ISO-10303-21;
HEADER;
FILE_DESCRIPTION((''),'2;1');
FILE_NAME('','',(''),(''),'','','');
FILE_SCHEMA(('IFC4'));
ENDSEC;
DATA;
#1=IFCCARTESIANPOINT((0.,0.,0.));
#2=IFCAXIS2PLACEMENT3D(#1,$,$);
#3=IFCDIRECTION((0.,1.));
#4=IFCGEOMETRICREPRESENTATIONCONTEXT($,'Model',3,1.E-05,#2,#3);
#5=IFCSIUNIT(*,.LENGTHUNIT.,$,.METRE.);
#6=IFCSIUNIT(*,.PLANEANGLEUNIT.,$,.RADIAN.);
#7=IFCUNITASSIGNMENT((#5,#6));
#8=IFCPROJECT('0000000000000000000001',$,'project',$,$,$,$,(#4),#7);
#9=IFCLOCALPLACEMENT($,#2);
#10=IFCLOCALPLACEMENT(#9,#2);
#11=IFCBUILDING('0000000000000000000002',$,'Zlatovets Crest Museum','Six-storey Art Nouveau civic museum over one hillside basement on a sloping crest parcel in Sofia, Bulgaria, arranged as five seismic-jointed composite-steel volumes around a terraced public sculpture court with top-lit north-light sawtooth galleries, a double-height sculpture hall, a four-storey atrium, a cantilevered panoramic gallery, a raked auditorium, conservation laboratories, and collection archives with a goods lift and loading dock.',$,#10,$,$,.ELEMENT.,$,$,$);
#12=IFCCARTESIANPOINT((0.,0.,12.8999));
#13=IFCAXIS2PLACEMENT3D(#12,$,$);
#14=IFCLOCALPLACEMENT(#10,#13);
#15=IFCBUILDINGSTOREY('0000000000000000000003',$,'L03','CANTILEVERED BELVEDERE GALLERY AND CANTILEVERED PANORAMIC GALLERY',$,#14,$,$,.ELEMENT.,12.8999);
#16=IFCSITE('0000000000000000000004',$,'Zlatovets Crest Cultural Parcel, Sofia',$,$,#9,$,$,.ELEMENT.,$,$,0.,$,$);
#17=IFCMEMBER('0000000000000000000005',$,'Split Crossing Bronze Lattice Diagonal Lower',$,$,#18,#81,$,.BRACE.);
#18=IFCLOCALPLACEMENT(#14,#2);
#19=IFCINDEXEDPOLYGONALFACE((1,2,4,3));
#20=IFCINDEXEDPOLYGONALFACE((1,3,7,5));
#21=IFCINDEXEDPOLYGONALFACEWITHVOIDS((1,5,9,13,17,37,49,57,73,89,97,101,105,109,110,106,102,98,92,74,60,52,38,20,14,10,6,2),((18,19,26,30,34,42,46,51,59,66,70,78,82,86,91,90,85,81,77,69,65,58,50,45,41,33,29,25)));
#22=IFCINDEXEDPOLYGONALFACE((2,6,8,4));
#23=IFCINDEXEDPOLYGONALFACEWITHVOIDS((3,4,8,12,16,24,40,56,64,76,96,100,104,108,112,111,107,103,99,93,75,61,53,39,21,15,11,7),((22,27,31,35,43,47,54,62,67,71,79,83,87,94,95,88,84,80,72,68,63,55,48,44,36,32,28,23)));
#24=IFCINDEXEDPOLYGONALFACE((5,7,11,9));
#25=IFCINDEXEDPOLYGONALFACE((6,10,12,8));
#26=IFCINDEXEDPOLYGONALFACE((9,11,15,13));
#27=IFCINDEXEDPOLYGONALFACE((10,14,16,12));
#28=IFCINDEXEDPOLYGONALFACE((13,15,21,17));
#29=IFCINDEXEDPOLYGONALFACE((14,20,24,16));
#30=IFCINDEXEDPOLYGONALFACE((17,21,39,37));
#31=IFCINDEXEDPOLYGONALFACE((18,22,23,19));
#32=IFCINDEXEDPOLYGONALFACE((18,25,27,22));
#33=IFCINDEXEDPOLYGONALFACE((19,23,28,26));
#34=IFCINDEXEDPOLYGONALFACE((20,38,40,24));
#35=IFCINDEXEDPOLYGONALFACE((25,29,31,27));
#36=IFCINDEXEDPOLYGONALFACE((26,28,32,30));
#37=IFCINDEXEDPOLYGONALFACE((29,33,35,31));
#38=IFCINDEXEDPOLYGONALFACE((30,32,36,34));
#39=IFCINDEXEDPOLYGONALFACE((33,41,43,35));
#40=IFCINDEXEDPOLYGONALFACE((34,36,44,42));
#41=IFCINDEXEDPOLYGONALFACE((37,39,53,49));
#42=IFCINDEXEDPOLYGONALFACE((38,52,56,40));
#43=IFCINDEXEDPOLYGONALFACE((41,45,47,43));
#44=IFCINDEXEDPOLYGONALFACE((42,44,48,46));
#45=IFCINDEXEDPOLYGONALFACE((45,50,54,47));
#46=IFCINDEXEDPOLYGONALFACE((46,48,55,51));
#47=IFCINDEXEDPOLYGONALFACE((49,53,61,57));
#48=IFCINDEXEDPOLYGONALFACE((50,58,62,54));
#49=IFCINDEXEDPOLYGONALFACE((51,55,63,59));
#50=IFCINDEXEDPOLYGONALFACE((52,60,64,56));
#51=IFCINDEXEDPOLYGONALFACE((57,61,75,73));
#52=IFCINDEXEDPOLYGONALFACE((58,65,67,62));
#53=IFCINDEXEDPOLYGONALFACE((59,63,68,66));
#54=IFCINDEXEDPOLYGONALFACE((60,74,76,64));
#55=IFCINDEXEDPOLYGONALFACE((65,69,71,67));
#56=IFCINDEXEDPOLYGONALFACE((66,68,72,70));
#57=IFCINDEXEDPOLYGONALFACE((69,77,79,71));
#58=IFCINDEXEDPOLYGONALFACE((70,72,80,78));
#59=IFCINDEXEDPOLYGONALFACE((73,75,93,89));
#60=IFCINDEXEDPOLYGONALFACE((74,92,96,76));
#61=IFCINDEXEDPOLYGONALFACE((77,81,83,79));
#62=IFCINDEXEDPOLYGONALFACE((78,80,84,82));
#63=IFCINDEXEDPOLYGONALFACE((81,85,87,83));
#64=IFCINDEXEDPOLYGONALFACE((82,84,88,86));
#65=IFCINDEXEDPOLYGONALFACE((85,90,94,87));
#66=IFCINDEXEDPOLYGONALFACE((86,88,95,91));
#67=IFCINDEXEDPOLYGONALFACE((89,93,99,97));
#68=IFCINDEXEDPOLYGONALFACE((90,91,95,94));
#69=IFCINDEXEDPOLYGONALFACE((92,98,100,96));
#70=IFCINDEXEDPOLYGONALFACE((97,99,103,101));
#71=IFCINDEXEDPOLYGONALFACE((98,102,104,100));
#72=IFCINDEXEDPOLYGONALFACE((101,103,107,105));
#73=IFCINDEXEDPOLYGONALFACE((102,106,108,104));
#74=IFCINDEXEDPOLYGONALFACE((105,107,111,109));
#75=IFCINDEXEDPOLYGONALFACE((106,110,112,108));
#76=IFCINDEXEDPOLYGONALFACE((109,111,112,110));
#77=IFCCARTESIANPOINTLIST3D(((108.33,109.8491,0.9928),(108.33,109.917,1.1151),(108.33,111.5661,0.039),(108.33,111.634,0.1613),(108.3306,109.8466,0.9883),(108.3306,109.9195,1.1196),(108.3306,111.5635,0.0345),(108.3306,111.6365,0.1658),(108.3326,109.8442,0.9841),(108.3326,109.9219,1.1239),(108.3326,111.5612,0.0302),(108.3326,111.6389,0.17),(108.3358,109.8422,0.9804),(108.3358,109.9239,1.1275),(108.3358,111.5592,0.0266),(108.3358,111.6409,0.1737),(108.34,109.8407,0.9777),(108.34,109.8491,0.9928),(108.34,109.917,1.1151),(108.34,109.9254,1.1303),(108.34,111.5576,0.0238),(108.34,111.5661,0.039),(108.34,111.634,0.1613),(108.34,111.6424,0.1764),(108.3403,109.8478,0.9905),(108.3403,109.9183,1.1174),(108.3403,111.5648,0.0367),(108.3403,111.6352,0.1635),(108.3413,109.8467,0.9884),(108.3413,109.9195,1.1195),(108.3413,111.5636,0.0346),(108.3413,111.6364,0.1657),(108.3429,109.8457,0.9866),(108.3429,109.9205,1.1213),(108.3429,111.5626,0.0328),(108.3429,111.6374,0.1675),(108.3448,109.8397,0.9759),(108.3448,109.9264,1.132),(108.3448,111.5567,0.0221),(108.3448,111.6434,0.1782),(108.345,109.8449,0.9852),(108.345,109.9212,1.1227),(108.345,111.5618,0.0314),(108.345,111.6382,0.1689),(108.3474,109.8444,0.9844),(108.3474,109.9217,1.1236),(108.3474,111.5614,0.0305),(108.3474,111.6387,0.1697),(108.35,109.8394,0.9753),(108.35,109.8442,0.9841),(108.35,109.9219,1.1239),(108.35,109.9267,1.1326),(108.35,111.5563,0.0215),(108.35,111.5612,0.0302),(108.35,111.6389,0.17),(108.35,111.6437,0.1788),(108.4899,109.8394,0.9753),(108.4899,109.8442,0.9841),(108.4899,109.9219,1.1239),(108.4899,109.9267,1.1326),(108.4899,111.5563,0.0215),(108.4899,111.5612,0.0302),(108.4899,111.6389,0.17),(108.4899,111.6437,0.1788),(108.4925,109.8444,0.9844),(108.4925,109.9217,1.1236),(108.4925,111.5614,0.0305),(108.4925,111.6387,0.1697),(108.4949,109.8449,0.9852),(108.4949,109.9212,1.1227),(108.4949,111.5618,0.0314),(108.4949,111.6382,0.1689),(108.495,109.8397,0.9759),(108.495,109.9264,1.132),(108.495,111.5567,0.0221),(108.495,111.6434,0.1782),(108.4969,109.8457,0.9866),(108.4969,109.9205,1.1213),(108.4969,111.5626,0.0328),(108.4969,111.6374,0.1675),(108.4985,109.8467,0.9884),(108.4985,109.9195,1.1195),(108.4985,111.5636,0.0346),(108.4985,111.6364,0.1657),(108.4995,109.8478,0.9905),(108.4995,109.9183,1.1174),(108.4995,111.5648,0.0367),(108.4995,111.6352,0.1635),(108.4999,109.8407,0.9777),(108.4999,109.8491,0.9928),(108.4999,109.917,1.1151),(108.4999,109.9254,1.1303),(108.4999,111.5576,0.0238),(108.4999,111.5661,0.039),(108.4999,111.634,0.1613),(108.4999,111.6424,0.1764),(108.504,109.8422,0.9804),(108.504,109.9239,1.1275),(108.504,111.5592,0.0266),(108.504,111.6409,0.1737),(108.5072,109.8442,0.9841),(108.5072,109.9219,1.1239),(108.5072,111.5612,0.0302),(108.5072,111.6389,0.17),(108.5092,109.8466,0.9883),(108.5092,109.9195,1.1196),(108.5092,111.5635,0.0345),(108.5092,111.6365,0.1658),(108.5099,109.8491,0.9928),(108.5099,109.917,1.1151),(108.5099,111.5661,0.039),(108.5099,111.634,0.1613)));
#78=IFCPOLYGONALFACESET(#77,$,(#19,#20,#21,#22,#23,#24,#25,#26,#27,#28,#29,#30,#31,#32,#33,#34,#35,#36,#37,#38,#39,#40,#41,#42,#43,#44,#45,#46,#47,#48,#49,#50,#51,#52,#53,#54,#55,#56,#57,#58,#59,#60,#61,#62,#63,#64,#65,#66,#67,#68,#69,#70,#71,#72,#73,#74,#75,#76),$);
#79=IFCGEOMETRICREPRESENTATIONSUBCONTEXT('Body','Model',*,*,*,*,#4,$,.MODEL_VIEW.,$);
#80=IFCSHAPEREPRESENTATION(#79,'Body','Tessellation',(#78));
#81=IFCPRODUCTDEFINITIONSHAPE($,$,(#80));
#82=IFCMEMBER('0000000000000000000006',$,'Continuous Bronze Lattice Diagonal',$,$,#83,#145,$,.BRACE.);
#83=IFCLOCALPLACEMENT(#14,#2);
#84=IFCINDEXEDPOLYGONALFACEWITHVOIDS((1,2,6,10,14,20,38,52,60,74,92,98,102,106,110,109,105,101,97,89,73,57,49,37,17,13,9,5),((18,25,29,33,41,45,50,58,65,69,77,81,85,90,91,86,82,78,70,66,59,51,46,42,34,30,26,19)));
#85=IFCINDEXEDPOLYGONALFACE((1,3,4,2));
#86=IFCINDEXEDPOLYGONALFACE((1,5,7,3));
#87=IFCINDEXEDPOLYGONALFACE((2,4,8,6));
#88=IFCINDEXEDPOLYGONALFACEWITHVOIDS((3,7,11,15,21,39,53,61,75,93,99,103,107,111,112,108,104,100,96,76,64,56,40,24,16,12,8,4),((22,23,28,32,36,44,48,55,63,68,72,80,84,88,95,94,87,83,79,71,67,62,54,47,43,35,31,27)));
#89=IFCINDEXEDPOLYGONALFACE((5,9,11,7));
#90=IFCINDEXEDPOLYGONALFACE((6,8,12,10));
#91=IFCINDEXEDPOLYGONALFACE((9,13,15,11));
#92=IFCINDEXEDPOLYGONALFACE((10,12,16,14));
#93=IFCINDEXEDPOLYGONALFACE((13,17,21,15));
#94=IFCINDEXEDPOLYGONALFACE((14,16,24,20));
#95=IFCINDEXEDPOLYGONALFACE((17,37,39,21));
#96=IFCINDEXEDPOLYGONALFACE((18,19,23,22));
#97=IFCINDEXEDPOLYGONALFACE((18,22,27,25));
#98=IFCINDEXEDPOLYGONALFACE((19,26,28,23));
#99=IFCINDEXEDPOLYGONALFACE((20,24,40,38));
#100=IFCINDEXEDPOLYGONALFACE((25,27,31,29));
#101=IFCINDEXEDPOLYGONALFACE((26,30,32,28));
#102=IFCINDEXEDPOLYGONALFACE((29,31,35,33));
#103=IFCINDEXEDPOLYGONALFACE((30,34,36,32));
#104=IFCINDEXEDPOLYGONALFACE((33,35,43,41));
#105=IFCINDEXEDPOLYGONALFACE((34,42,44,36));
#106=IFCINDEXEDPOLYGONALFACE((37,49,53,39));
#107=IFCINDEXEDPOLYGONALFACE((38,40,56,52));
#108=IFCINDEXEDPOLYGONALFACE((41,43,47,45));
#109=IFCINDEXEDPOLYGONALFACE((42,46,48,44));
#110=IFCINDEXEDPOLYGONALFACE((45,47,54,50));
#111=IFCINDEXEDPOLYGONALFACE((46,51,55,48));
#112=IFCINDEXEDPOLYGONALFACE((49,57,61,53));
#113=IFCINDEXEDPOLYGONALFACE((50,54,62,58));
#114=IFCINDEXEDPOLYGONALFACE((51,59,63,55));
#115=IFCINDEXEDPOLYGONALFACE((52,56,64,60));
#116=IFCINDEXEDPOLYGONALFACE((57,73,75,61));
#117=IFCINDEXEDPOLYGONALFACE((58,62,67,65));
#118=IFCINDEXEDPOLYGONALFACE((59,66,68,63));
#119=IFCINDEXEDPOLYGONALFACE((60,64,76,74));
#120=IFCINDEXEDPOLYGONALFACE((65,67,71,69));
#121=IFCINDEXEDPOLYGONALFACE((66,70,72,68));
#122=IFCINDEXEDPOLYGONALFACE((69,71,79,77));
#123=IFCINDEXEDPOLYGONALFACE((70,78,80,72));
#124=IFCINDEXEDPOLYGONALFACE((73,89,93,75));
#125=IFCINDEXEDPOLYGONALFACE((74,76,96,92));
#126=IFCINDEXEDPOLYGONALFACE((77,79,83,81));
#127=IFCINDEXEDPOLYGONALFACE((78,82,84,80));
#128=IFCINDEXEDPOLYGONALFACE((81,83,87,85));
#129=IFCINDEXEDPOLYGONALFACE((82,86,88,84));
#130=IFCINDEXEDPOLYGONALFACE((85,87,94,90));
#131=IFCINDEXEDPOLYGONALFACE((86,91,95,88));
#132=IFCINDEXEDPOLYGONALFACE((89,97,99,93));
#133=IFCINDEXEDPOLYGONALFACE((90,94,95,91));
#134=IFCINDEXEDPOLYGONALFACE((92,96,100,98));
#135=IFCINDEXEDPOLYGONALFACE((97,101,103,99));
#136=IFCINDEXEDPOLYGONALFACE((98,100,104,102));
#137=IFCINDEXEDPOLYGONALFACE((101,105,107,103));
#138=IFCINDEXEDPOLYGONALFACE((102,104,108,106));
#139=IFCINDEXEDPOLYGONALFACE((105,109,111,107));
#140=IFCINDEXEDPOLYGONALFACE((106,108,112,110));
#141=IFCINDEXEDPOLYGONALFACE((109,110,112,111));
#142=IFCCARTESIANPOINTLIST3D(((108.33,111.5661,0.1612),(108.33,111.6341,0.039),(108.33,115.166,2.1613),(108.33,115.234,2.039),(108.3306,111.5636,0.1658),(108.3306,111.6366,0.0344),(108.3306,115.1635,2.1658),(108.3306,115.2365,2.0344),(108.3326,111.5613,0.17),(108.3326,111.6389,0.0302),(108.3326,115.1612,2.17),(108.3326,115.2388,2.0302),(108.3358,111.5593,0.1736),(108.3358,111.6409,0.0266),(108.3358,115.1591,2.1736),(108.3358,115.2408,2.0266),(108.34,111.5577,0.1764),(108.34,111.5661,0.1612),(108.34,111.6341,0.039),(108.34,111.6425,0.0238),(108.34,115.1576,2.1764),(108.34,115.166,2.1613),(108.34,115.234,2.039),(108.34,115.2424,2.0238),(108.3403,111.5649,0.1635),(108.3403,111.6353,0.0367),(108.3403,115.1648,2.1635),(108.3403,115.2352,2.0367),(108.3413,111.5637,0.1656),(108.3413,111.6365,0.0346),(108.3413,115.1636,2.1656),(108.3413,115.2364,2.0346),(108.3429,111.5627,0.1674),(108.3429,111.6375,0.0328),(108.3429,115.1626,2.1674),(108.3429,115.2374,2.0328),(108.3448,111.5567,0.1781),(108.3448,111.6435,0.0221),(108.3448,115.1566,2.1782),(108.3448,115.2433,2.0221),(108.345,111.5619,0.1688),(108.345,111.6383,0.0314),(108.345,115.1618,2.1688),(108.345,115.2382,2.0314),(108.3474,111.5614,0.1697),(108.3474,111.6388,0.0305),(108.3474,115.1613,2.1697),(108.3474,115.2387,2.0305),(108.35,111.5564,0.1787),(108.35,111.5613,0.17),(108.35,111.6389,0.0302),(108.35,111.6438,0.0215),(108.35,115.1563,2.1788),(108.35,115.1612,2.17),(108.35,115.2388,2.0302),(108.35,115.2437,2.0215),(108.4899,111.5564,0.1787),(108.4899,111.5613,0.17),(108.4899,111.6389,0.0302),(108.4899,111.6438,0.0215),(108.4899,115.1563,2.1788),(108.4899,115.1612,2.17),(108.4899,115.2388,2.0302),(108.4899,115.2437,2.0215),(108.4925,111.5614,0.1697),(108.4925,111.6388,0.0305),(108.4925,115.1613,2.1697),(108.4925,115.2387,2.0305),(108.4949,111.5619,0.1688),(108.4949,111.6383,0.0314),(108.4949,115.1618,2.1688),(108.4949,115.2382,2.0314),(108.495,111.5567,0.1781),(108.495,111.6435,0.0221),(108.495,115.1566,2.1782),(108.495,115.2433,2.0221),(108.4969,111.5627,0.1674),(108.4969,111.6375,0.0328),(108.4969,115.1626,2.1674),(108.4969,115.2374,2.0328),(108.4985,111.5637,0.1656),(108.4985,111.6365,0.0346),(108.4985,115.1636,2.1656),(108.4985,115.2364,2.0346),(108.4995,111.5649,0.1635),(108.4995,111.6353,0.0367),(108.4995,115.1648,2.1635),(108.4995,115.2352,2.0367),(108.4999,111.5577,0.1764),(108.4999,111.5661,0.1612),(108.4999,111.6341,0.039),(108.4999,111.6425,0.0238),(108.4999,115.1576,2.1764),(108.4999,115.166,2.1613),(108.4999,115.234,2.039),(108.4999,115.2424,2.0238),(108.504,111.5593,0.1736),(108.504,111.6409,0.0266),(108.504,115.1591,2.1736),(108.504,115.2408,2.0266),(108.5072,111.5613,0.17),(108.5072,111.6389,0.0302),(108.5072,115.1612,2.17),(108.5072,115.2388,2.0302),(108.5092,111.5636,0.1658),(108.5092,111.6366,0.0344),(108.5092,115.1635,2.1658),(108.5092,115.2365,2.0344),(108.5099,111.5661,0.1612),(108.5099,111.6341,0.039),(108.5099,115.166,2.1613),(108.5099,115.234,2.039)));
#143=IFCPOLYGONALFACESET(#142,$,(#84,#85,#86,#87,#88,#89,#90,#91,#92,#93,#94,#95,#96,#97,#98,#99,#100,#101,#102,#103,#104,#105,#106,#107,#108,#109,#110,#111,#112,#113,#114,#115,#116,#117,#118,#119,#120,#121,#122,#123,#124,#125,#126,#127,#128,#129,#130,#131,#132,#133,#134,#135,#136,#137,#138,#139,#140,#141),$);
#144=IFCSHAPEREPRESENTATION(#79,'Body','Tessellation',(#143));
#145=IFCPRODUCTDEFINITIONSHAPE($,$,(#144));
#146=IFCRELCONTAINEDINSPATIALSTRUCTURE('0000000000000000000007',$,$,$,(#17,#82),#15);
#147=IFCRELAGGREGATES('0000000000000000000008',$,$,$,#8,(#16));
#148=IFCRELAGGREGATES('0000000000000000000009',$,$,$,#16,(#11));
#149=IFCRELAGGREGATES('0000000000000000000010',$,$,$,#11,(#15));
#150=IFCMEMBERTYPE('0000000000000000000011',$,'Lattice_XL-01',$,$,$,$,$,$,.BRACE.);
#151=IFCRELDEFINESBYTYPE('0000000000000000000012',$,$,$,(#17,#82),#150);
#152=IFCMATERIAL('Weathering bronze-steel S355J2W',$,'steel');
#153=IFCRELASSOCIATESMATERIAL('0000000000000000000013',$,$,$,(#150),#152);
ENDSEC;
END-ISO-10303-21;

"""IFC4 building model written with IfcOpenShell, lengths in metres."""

from ifc_helpers import new_model, si_unit, direction, frame, origin, origin_2d, place, context, subcontext, project, spatial, hollow_rectangle, extrude, material, material_profile, profile_set, type_object, element, save


model = new_model("IFC4")

# Units and contexts
model_context = context("Model", 3, precision=1e-05, world=origin(), true_north=direction((0.0, 1.0)))
body_context = subcontext(model_context, "Body", "Model", "MODEL_VIEW")
ifc_project = project(units=[si_unit("LENGTHUNIT", "METRE"), si_unit("PLANEANGLEUNIT", "RADIAN")], contexts=[model_context])

# Site, building, storey
site_placement = place(None, origin())
site = spatial("IfcSite", under=ifc_project, at=site_placement, Name="Zlatovets Crest Cultural Parcel, Sofia", CompositionType="ELEMENT", RefElevation=0.0)
building_placement = place(site_placement, origin())
building = spatial("IfcBuilding", under=site, at=building_placement, Name="Zlatovets Crest Museum", Description="Six-storey Art Nouveau civic museum over one hillside basement on a sloping crest parcel in Sofia, Bulgaria, arranged as five seismic-jointed composite-steel volumes around a terraced public sculpture court with top-lit north-light sawtooth galleries, a double-height sculpture hall, a four-storey atrium, a cantilevered panoramic gallery, a raked auditorium, conservation laboratories, and collection archives with a goods lift and loading dock.", CompositionType="ELEMENT")
storey_placement = place(building_placement, frame((0.0, 0.0, 12.8999)))
storey = spatial("IfcBuildingStorey", under=building, at=storey_placement, Name="L03", Description="CANTILEVERED BELVEDERE GALLERY AND CANTILEVERED PANORAMIC GALLERY", CompositionType="ELEMENT", Elevation=12.8999)

# Members
ifc_material_1 = material(Name="Weathering bronze-steel S355J2W", Category="steel")
ifc_material_profile_1 = material_profile(ifc_material_1, hollow_rectangle(XDim=0.1799, YDim=0.1799, WallThickness=0.01, InnerFilletRadius=0.01, OuterFilletRadius=0.02, at=origin_2d()), Name="SHS 180x180x10.0")
ifc_profile_set_1 = profile_set([ifc_material_profile_1], Name="Weathering bronze-steel S355J2W")
member_type_1 = type_object("IfcMemberType", Name="Lattice_XL-01", PredefinedType="BRACE", material=ifc_profile_set_1)
for number, where, z_axis, x_axis, name in (
    (1, (108.4199, 109.8831, 1.054), (0.0, 0.874169, -0.485622), (-1.0, 0.0, 0.0), "Split Crossing Bronze Lattice Diagonal Lower"),
):
    element("IfcMember", number, at=place(storey_placement, frame(where, z_axis=z_axis, x_axis=x_axis)), inside=storey, type_object=member_type_1, Name=name, PredefinedType="BRACE", context=body_context, shape_type="SweptSolid", body=[
        extrude(hollow_rectangle(XDim=0.1799, YDim=0.1799, WallThickness=0.01, InnerFilletRadius=0.01, OuterFilletRadius=0.02, at=origin_2d()), origin(), (0.0, 0.0, 1.0), 1.9641),
    ])
member_1_placement = place(storey_placement, frame((108.4199, 111.6001, 0.1001), z_axis=(0.0, 0.874149, 0.485658), x_axis=(-1.0, 0.0, 0.0)))
element("IfcMember", 2, at=member_1_placement, inside=storey, type_object=member_type_1, Name="Continuous Bronze Lattice Diagonal", PredefinedType="BRACE", context=body_context, shape_type="SweptSolid", body=[
    extrude(hollow_rectangle(XDim=0.1799, YDim=0.1799, WallThickness=0.01, InnerFilletRadius=0.01, OuterFilletRadius=0.02, at=origin_2d()), origin(), (0.0, 0.0, 1.0), 4.1182),
])

save(model, "model.ifc")
